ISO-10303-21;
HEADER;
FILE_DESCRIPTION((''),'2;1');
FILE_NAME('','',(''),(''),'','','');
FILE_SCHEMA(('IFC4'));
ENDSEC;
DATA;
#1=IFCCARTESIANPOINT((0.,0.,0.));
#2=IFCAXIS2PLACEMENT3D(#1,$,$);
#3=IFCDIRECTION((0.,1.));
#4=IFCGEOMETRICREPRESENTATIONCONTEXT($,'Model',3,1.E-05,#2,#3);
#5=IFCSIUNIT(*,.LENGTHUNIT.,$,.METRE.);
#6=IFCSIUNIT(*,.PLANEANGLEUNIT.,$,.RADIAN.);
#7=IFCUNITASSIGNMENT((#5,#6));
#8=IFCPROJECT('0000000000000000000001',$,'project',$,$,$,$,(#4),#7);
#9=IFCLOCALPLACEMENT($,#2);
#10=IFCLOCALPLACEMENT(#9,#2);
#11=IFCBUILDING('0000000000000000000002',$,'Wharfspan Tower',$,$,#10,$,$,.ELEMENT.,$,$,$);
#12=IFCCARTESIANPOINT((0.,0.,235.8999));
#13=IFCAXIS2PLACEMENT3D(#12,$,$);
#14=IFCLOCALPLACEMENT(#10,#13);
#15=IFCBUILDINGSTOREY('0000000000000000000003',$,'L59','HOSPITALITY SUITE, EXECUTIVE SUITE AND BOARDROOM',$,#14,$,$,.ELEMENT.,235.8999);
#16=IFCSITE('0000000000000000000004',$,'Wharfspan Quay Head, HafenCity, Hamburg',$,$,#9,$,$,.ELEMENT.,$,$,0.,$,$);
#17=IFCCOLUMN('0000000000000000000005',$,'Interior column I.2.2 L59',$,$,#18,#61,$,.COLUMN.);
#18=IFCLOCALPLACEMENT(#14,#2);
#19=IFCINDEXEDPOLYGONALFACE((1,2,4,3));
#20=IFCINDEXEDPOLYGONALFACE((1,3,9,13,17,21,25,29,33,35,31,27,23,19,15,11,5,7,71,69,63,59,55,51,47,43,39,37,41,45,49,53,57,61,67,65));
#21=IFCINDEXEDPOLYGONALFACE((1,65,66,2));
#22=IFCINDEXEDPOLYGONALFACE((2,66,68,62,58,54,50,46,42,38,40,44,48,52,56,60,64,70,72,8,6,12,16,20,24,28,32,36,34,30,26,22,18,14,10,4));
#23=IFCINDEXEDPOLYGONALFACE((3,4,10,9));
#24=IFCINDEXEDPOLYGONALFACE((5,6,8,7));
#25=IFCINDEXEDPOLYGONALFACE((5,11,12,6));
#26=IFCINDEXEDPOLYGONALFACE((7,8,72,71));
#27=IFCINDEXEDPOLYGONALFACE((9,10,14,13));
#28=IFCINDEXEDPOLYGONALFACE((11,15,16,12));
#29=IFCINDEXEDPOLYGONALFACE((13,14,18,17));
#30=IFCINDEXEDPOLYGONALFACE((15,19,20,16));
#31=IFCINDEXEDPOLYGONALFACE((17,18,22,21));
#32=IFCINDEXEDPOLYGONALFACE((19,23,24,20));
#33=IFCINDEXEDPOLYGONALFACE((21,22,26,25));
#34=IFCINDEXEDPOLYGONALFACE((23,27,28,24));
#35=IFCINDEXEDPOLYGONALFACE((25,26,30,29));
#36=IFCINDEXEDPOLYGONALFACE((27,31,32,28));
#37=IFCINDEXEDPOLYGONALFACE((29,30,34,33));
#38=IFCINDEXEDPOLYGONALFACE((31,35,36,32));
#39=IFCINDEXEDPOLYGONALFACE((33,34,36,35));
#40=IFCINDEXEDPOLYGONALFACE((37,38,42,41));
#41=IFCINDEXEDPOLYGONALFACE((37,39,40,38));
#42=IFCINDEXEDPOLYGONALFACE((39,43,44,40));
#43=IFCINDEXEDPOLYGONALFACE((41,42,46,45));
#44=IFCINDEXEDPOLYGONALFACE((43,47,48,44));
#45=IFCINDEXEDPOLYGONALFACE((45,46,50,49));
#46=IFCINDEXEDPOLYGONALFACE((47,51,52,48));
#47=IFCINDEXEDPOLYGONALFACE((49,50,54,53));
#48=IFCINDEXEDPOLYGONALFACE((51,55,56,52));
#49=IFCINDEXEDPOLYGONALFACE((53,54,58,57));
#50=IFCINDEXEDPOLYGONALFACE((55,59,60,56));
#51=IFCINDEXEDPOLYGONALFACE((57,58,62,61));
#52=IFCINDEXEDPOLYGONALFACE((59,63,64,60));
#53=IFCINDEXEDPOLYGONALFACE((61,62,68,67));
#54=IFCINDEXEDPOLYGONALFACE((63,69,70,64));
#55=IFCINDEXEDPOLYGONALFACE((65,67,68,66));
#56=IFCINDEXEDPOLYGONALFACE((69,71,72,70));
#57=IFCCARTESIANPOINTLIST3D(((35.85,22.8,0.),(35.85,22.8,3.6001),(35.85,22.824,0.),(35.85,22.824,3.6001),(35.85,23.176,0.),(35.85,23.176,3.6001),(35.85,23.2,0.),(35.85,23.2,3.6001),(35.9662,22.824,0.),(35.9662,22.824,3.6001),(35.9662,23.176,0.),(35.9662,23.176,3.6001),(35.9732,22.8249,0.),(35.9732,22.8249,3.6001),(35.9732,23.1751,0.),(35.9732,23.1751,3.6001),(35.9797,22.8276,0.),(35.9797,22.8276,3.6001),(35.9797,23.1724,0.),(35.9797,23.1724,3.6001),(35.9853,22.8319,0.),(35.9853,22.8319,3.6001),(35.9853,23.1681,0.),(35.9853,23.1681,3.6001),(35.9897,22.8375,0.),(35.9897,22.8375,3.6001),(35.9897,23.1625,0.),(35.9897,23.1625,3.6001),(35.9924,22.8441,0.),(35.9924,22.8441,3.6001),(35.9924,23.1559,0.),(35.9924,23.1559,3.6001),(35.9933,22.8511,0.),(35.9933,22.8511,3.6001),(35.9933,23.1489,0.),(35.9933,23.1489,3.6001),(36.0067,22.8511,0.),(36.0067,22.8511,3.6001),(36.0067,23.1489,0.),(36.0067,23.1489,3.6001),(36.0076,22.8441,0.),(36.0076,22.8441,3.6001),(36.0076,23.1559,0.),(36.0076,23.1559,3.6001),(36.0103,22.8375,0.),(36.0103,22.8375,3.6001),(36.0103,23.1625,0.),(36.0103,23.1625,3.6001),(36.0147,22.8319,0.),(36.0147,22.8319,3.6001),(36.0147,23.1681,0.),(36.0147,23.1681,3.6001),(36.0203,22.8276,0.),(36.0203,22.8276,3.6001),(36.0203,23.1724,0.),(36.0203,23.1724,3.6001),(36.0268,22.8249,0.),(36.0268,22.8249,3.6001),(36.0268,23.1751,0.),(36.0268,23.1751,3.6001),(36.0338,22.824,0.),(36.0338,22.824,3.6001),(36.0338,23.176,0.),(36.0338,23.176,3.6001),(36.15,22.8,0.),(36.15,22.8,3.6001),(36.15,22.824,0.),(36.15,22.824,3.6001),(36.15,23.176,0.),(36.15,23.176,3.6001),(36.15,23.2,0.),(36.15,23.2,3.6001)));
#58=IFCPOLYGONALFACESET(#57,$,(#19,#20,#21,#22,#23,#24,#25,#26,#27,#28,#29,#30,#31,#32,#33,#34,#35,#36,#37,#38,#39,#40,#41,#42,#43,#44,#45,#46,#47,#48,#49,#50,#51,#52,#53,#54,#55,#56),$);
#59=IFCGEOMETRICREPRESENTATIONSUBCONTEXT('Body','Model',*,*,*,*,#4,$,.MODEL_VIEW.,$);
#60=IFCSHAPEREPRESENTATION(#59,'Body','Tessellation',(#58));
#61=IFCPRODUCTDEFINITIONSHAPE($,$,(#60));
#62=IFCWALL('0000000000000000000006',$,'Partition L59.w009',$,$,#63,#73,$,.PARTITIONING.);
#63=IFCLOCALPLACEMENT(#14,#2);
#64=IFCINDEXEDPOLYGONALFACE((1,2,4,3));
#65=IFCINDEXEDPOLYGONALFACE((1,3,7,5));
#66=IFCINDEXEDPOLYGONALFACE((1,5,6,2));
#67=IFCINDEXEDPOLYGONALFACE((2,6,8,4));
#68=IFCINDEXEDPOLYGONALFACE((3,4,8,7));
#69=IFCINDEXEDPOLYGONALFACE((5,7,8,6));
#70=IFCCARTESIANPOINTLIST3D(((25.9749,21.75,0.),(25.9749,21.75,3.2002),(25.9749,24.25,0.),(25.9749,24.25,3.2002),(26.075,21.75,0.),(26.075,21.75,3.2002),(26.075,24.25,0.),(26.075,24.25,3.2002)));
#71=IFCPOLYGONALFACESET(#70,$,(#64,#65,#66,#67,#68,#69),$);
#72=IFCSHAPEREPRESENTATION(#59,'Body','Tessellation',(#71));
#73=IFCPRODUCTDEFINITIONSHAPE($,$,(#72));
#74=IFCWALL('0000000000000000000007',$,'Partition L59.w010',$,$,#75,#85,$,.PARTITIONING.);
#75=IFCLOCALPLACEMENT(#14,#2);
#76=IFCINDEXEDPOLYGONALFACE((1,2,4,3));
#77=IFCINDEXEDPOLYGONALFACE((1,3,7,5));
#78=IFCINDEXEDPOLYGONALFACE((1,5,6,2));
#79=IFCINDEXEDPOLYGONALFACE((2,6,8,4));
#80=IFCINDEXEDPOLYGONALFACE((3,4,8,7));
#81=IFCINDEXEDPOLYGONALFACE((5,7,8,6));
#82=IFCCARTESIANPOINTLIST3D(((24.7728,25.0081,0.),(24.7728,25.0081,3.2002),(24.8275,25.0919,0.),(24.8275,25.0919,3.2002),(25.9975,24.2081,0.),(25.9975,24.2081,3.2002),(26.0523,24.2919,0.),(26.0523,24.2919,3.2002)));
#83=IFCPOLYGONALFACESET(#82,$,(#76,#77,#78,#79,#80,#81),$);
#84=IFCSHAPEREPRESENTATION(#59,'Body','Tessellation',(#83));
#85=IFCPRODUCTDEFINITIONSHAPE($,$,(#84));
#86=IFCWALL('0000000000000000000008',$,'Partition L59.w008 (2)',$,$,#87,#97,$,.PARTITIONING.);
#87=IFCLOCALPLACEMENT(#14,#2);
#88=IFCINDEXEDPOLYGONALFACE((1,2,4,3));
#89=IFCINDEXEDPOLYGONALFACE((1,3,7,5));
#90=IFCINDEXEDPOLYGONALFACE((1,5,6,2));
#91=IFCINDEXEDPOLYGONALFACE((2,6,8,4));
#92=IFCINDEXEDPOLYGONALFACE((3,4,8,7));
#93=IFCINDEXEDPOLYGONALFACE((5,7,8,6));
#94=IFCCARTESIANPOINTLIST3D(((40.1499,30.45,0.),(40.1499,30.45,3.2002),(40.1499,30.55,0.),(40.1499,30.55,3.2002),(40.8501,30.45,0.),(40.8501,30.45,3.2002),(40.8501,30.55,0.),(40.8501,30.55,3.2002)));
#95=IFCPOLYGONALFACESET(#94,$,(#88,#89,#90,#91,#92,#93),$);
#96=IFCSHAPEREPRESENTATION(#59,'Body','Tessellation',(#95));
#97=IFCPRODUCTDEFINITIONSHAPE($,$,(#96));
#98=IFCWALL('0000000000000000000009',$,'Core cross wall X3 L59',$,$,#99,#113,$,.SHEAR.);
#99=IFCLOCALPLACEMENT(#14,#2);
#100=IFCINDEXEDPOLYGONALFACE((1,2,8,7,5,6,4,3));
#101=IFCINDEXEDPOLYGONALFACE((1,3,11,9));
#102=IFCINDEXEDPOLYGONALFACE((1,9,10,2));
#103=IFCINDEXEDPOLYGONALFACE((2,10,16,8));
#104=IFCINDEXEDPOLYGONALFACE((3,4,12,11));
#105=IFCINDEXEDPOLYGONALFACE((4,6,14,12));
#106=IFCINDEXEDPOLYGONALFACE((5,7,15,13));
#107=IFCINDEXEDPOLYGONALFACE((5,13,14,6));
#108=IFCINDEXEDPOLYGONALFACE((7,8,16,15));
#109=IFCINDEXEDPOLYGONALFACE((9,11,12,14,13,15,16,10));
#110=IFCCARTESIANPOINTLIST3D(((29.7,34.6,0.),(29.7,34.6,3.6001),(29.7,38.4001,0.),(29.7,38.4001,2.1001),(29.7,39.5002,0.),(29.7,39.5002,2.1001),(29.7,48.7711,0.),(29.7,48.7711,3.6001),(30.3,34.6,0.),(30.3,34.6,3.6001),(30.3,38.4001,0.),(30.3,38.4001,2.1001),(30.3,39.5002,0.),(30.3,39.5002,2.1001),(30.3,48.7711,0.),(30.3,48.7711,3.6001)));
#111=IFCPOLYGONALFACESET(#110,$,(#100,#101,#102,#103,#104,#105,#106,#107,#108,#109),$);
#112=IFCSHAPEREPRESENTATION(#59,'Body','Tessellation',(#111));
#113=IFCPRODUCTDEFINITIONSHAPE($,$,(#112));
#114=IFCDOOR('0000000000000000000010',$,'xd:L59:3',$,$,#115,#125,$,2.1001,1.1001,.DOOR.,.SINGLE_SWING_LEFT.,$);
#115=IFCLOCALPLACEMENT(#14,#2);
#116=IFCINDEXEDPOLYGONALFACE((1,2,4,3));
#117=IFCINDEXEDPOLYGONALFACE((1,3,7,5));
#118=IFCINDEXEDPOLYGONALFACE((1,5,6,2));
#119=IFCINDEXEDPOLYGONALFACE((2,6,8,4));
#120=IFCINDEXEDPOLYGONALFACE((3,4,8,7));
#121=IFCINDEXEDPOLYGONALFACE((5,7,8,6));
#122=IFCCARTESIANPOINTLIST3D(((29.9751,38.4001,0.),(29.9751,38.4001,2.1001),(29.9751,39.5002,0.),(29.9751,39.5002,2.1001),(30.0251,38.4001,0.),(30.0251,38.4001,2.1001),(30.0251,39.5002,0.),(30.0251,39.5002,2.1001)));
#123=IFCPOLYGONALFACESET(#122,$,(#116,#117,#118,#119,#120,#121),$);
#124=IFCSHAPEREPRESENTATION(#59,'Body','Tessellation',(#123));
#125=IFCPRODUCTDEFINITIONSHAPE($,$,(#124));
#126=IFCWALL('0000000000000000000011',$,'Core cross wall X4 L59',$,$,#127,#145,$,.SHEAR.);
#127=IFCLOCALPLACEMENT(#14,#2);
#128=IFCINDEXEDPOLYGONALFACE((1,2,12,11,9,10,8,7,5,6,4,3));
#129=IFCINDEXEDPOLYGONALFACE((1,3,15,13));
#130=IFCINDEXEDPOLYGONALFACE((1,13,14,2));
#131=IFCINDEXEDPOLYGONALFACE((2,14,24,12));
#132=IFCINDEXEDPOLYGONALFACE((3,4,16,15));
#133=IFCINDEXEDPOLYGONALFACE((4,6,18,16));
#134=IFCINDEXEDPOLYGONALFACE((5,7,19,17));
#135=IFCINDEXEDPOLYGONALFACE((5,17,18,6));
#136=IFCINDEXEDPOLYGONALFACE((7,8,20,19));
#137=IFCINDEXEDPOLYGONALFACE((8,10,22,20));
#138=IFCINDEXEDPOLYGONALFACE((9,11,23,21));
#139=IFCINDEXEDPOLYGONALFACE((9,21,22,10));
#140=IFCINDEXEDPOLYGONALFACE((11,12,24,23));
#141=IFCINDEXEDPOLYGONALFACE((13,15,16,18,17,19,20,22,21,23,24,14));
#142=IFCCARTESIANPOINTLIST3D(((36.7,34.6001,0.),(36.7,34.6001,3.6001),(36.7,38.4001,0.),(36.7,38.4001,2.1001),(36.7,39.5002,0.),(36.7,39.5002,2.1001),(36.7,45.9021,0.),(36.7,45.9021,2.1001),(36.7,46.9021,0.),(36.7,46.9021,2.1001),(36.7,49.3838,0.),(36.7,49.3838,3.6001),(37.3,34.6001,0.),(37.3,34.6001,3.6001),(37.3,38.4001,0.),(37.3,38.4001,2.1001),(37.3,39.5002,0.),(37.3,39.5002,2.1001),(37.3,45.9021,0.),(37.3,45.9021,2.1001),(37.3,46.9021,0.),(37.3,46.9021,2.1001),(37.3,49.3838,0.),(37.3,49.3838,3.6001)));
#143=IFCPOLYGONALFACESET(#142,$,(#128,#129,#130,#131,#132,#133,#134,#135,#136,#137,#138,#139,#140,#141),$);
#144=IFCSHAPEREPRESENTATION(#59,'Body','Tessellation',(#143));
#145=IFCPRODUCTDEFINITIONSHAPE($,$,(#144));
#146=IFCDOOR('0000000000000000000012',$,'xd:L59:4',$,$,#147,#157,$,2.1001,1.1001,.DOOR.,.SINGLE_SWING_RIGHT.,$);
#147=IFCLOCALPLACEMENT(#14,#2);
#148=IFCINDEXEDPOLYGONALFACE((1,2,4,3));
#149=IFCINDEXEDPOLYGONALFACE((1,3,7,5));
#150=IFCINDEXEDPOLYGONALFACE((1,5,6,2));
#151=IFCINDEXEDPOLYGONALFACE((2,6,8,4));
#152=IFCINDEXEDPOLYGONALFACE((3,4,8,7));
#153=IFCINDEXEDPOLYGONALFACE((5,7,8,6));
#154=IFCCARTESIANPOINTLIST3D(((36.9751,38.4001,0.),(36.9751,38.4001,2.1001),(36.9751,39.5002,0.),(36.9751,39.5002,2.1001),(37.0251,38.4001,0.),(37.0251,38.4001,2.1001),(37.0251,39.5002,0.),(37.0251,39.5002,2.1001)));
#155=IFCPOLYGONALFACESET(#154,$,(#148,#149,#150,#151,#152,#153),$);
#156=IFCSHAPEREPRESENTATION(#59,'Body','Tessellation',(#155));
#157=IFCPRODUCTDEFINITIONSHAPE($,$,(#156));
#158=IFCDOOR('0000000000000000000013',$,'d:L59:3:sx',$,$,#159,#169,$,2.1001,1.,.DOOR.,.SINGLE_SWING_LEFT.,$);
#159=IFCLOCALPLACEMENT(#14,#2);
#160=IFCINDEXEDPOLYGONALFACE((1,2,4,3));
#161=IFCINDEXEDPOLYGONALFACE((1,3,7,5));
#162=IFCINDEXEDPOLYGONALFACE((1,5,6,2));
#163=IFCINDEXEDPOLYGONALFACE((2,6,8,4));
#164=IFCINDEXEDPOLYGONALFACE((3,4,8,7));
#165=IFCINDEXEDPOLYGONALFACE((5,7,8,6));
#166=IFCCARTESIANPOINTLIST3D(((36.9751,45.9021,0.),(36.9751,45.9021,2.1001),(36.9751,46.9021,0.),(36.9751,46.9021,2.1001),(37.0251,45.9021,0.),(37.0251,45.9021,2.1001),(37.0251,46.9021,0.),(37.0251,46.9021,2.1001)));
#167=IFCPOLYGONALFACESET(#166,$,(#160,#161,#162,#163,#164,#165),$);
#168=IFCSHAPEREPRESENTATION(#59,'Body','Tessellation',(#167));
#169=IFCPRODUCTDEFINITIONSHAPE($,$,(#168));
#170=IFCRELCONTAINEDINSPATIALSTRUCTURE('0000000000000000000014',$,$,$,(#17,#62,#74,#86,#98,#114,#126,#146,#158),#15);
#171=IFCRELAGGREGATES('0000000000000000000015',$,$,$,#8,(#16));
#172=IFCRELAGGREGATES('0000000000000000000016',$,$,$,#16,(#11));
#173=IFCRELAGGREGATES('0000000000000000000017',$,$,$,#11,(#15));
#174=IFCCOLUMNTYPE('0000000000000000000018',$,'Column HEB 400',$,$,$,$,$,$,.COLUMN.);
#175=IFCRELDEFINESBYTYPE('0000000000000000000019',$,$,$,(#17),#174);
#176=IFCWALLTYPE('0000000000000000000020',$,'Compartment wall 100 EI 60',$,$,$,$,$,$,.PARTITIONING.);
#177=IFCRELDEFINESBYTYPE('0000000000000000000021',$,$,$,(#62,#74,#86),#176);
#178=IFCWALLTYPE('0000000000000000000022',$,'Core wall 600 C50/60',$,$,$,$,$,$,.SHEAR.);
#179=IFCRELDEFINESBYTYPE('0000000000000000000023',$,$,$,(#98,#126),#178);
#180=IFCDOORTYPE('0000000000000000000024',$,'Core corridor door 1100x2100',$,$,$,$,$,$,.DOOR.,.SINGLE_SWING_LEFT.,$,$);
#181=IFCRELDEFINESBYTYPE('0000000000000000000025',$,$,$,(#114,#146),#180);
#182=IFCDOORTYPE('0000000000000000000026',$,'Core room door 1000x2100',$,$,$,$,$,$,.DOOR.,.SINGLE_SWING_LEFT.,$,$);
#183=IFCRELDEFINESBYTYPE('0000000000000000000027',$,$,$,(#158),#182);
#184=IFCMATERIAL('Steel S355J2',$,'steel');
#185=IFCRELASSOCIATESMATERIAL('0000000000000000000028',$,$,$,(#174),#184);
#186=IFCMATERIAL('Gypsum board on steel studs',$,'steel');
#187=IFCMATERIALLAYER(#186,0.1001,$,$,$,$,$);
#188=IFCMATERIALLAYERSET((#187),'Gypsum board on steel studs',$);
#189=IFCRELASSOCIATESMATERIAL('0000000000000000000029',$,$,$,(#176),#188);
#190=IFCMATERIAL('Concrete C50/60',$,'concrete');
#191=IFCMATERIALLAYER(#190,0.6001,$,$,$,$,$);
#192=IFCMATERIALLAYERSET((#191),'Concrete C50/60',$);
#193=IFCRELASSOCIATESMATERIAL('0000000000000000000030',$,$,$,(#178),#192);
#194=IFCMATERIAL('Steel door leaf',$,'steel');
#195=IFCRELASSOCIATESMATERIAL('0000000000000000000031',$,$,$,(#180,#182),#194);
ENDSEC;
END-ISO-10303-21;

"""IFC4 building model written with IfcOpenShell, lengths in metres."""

from ifc_helpers import new_model, si_unit, direction, frame, frame_2d, origin, origin_2d, place, context, subcontext, project, spatial, rectangle, i_section, extrude, material, layer, layer_set, material_profile, profile_set, type_object, element, fill, save


model = new_model("IFC4")

# Units and contexts
model_context = context("Model", 3, precision=1e-05, world=origin(), true_north=direction((0.0, 1.0)))
body_context = subcontext(model_context, "Body", "Model", "MODEL_VIEW")
ifc_project = project(units=[si_unit("LENGTHUNIT", "METRE"), si_unit("PLANEANGLEUNIT", "RADIAN")], contexts=[model_context])

# Site, building, storey
site_placement = place(None, origin())
site = spatial("IfcSite", under=ifc_project, at=site_placement, Name="Wharfspan Quay Head, HafenCity, Hamburg", CompositionType="ELEMENT", RefElevation=0.0)
building_placement = place(site_placement, origin())
building = spatial("IfcBuilding", under=site, at=building_placement, Name="Wharfspan Tower", CompositionType="ELEMENT")
storey_placement = place(building_placement, frame((0.0, 0.0, 235.8999)))
storey = spatial("IfcBuildingStorey", under=building, at=storey_placement, Name="L59", Description="HOSPITALITY SUITE, EXECUTIVE SUITE AND BOARDROOM", CompositionType="ELEMENT", Elevation=235.8999)

# Column
ifc_material_1 = material(Name="Steel S355J2", Category="steel")
ifc_material_profile = material_profile(ifc_material_1, i_section(OverallWidth=0.3, OverallDepth=0.3999, WebThickness=0.0134, FlangeThickness=0.0239, FilletRadius=0.0271, at=origin_2d()))
ifc_profile_set = profile_set([ifc_material_profile], Name="Steel S355J2")
column_type = type_object("IfcColumnType", Name="Column HEB 400", PredefinedType="COLUMN", material=ifc_profile_set)
column_placement = place(storey_placement, frame((36.0, 23.0, 0.0), z_axis=(0.0, 0.0, 1.0), x_axis=(1.0, 0.0, 0.0)))
element("IfcColumn", 1, at=column_placement, inside=storey, type_object=column_type, Name="Interior column I.2.2 L59", PredefinedType="COLUMN", context=body_context, shape_type="SweptSolid", body=[
    extrude(i_section(OverallWidth=0.3, OverallDepth=0.3999, WebThickness=0.0134, FlangeThickness=0.0239, FilletRadius=0.0271, at=origin_2d()), origin(), (0.0, 0.0, 1.0), 3.6001),
])

# Walls
ifc_material_2 = material(Name="Gypsum board on steel studs", Category="steel")
ifc_layer_1 = layer(ifc_material_2, 0.1001)
ifc_layer_set_1 = layer_set([ifc_layer_1], Name="Gypsum board on steel studs")
wall_type_1 = type_object("IfcWallType", Name="Compartment wall 100 EI 60", PredefinedType="PARTITIONING", material=ifc_layer_set_1)
wall_1_placement = place(storey_placement, frame((26.0249, 21.75, 0.0), z_axis=(0.0, 0.0, 1.0), x_axis=(0.0, 1.0, 0.0)))
element("IfcWall", 2, at=wall_1_placement, inside=storey, type_object=wall_type_1, Name="Partition L59.w009", PredefinedType="PARTITIONING", context=body_context, shape_type="SweptSolid", body=[
    extrude(rectangle(XDim=2.5, YDim=0.1001, at=frame_2d((1.25, 0.0))), origin(), (0.0, 0.0, 1.0), 3.2002),
])
wall_2_placement = place(storey_placement, frame((26.0249, 24.25, 0.0), z_axis=(0.0, 0.0, 1.0), x_axis=(-0.837222, 0.546856, 0.0)))
element("IfcWall", 3, at=wall_2_placement, inside=storey, type_object=wall_type_1, Name="Partition L59.w010", PredefinedType="PARTITIONING", context=body_context, shape_type="SweptSolid", body=[
    extrude(rectangle(XDim=1.4629, YDim=0.1001, at=frame_2d((0.7314, 0.0))), origin(), (0.0, 0.0, 1.0), 3.2002),
])
wall_3_placement = place(storey_placement, frame((40.1499, 30.5, 0.0), z_axis=(0.0, 0.0, 1.0), x_axis=(1.0, 0.0, 0.0)))
element("IfcWall", 4, at=wall_3_placement, inside=storey, type_object=wall_type_1, Name="Partition L59.w008 (2)", PredefinedType="PARTITIONING", context=body_context, shape_type="SweptSolid", body=[
    extrude(rectangle(XDim=0.7002, YDim=0.1001, at=frame_2d((0.3501, 0.0))), origin(), (0.0, 0.0, 1.0), 3.2002),
])

# Wall, opening, door
ifc_material_3 = material(Name="Concrete C50/60", Category="concrete")
ifc_layer_2 = layer(ifc_material_3, 0.6001)
ifc_layer_set_2 = layer_set([ifc_layer_2], Name="Concrete C50/60")
wall_type_2 = type_object("IfcWallType", Name="Core wall 600 C50/60", PredefinedType="SHEAR", material=ifc_layer_set_2)
wall_4_placement = place(storey_placement, frame((30.0, 34.6001, 0.0), z_axis=(0.0, 0.0, 1.0), x_axis=(0.0, 1.0, 0.0)))
wall_4 = element("IfcWall", 5, at=wall_4_placement, inside=storey, type_object=wall_type_2, Name="Core cross wall X3 L59", PredefinedType="SHEAR", context=body_context, shape_type="SweptSolid", body=[
    extrude(rectangle(XDim=14.1711, YDim=0.6001, at=frame_2d((7.0854, 0.0))), origin(), (0.0, 0.0, 1.0), 3.6001),
])
opening_1_placement = place(wall_4_placement, frame((3.8, 0.0, 0.0)))
opening_1 = element("IfcOpeningElement", 6, at=opening_1_placement, cuts=wall_4, PredefinedType="OPENING", context=body_context, shape_type="SweptSolid", body=[
    extrude(rectangle(XDim=1.1001, YDim=2.1001, at=frame_2d((0.55, 1.05))), frame((0.0, 0.3101, 0.0), z_axis=(0.0, -1.0, 0.0), x_axis=(1.0, 0.0, 0.0)), (0.0, 0.0, 1.0), 0.6201),
])
ifc_material_4 = material(Name="Steel door leaf", Category="steel")
door_type_1 = type_object("IfcDoorType", Name="Core corridor door 1100x2100", OperationType="SINGLE_SWING_LEFT", PredefinedType="DOOR", material=ifc_material_4)
door_1_placement = place(opening_1_placement, origin())
door_1 = element("IfcDoor", 7, at=door_1_placement, inside=storey, type_object=door_type_1, Name="xd:L59:3", OperationType="SINGLE_SWING_LEFT", OverallHeight=2.1001, OverallWidth=1.1001, PredefinedType="DOOR", context=body_context, shape_type="SweptSolid", body=[
    extrude(rectangle(XDim=1.1001, YDim=2.1001, at=frame_2d((0.55, 1.05))), frame((0.0, 0.0249, 0.0), z_axis=(0.0, -1.0, 0.0), x_axis=(1.0, 0.0, 0.0)), (0.0, 0.0, 1.0), 0.05),
])
fill(opening_1, door_1)

# Wall, openings, doors
wall_5_placement = place(storey_placement, frame((37.0, 34.6001, 0.0), z_axis=(0.0, 0.0, 1.0), x_axis=(0.0, 1.0, 0.0)))
wall_5 = element("IfcWall", 8, at=wall_5_placement, inside=storey, type_object=wall_type_2, Name="Core cross wall X4 L59", PredefinedType="SHEAR", context=body_context, shape_type="SweptSolid", body=[
    extrude(rectangle(XDim=14.7837, YDim=0.6001, at=frame_2d((7.3918, 0.0))), origin(), (0.0, 0.0, 1.0), 3.6001),
])
opening_2_placement = place(wall_5_placement, frame((11.302, 0.0, 0.0)))
opening_2 = element("IfcOpeningElement", 9, at=opening_2_placement, cuts=wall_5, PredefinedType="OPENING", context=body_context, shape_type="SweptSolid", body=[
    extrude(rectangle(XDim=1.0, YDim=2.1001, at=frame_2d((0.5, 1.05))), frame((0.0, 0.3101, 0.0), z_axis=(0.0, -1.0, 0.0), x_axis=(1.0, 0.0, 0.0)), (0.0, 0.0, 1.0), 0.6201),
])
opening_3_placement = place(wall_5_placement, frame((3.8, 0.0, 0.0)))
opening_3 = element("IfcOpeningElement", 10, at=opening_3_placement, cuts=wall_5, PredefinedType="OPENING", context=body_context, shape_type="SweptSolid", body=[
    extrude(rectangle(XDim=1.1001, YDim=2.1001, at=frame_2d((0.55, 1.05))), frame((0.0, 0.3101, 0.0), z_axis=(0.0, -1.0, 0.0), x_axis=(1.0, 0.0, 0.0)), (0.0, 0.0, 1.0), 0.6201),
])
door_2_placement = place(opening_3_placement, origin())
door_2 = element("IfcDoor", 11, at=door_2_placement, inside=storey, type_object=door_type_1, Name="xd:L59:4", OperationType="SINGLE_SWING_RIGHT", OverallHeight=2.1001, OverallWidth=1.1001, PredefinedType="DOOR", context=body_context, shape_type="SweptSolid", body=[
    extrude(rectangle(XDim=1.1001, YDim=2.1001, at=frame_2d((0.55, 1.05))), frame((0.0, 0.0249, 0.0), z_axis=(0.0, -1.0, 0.0), x_axis=(1.0, 0.0, 0.0)), (0.0, 0.0, 1.0), 0.05),
])
fill(opening_3, door_2)
door_type_2 = type_object("IfcDoorType", Name="Core room door 1000x2100", OperationType="SINGLE_SWING_LEFT", PredefinedType="DOOR", material=ifc_material_4)
door_3_placement = place(opening_2_placement, origin())
door_3 = element("IfcDoor", 12, at=door_3_placement, inside=storey, type_object=door_type_2, Name="d:L59:3:sx", OperationType="SINGLE_SWING_LEFT", OverallHeight=2.1001, OverallWidth=1.0, PredefinedType="DOOR", context=body_context, shape_type="SweptSolid", body=[
    extrude(rectangle(XDim=1.0, YDim=2.1001, at=frame_2d((0.5, 1.05))), frame((0.0, 0.0249, 0.0), z_axis=(0.0, -1.0, 0.0), x_axis=(1.0, 0.0, 0.0)), (0.0, 0.0, 1.0), 0.05),
])
fill(opening_2, door_3)

save(model, "model.ifc")
